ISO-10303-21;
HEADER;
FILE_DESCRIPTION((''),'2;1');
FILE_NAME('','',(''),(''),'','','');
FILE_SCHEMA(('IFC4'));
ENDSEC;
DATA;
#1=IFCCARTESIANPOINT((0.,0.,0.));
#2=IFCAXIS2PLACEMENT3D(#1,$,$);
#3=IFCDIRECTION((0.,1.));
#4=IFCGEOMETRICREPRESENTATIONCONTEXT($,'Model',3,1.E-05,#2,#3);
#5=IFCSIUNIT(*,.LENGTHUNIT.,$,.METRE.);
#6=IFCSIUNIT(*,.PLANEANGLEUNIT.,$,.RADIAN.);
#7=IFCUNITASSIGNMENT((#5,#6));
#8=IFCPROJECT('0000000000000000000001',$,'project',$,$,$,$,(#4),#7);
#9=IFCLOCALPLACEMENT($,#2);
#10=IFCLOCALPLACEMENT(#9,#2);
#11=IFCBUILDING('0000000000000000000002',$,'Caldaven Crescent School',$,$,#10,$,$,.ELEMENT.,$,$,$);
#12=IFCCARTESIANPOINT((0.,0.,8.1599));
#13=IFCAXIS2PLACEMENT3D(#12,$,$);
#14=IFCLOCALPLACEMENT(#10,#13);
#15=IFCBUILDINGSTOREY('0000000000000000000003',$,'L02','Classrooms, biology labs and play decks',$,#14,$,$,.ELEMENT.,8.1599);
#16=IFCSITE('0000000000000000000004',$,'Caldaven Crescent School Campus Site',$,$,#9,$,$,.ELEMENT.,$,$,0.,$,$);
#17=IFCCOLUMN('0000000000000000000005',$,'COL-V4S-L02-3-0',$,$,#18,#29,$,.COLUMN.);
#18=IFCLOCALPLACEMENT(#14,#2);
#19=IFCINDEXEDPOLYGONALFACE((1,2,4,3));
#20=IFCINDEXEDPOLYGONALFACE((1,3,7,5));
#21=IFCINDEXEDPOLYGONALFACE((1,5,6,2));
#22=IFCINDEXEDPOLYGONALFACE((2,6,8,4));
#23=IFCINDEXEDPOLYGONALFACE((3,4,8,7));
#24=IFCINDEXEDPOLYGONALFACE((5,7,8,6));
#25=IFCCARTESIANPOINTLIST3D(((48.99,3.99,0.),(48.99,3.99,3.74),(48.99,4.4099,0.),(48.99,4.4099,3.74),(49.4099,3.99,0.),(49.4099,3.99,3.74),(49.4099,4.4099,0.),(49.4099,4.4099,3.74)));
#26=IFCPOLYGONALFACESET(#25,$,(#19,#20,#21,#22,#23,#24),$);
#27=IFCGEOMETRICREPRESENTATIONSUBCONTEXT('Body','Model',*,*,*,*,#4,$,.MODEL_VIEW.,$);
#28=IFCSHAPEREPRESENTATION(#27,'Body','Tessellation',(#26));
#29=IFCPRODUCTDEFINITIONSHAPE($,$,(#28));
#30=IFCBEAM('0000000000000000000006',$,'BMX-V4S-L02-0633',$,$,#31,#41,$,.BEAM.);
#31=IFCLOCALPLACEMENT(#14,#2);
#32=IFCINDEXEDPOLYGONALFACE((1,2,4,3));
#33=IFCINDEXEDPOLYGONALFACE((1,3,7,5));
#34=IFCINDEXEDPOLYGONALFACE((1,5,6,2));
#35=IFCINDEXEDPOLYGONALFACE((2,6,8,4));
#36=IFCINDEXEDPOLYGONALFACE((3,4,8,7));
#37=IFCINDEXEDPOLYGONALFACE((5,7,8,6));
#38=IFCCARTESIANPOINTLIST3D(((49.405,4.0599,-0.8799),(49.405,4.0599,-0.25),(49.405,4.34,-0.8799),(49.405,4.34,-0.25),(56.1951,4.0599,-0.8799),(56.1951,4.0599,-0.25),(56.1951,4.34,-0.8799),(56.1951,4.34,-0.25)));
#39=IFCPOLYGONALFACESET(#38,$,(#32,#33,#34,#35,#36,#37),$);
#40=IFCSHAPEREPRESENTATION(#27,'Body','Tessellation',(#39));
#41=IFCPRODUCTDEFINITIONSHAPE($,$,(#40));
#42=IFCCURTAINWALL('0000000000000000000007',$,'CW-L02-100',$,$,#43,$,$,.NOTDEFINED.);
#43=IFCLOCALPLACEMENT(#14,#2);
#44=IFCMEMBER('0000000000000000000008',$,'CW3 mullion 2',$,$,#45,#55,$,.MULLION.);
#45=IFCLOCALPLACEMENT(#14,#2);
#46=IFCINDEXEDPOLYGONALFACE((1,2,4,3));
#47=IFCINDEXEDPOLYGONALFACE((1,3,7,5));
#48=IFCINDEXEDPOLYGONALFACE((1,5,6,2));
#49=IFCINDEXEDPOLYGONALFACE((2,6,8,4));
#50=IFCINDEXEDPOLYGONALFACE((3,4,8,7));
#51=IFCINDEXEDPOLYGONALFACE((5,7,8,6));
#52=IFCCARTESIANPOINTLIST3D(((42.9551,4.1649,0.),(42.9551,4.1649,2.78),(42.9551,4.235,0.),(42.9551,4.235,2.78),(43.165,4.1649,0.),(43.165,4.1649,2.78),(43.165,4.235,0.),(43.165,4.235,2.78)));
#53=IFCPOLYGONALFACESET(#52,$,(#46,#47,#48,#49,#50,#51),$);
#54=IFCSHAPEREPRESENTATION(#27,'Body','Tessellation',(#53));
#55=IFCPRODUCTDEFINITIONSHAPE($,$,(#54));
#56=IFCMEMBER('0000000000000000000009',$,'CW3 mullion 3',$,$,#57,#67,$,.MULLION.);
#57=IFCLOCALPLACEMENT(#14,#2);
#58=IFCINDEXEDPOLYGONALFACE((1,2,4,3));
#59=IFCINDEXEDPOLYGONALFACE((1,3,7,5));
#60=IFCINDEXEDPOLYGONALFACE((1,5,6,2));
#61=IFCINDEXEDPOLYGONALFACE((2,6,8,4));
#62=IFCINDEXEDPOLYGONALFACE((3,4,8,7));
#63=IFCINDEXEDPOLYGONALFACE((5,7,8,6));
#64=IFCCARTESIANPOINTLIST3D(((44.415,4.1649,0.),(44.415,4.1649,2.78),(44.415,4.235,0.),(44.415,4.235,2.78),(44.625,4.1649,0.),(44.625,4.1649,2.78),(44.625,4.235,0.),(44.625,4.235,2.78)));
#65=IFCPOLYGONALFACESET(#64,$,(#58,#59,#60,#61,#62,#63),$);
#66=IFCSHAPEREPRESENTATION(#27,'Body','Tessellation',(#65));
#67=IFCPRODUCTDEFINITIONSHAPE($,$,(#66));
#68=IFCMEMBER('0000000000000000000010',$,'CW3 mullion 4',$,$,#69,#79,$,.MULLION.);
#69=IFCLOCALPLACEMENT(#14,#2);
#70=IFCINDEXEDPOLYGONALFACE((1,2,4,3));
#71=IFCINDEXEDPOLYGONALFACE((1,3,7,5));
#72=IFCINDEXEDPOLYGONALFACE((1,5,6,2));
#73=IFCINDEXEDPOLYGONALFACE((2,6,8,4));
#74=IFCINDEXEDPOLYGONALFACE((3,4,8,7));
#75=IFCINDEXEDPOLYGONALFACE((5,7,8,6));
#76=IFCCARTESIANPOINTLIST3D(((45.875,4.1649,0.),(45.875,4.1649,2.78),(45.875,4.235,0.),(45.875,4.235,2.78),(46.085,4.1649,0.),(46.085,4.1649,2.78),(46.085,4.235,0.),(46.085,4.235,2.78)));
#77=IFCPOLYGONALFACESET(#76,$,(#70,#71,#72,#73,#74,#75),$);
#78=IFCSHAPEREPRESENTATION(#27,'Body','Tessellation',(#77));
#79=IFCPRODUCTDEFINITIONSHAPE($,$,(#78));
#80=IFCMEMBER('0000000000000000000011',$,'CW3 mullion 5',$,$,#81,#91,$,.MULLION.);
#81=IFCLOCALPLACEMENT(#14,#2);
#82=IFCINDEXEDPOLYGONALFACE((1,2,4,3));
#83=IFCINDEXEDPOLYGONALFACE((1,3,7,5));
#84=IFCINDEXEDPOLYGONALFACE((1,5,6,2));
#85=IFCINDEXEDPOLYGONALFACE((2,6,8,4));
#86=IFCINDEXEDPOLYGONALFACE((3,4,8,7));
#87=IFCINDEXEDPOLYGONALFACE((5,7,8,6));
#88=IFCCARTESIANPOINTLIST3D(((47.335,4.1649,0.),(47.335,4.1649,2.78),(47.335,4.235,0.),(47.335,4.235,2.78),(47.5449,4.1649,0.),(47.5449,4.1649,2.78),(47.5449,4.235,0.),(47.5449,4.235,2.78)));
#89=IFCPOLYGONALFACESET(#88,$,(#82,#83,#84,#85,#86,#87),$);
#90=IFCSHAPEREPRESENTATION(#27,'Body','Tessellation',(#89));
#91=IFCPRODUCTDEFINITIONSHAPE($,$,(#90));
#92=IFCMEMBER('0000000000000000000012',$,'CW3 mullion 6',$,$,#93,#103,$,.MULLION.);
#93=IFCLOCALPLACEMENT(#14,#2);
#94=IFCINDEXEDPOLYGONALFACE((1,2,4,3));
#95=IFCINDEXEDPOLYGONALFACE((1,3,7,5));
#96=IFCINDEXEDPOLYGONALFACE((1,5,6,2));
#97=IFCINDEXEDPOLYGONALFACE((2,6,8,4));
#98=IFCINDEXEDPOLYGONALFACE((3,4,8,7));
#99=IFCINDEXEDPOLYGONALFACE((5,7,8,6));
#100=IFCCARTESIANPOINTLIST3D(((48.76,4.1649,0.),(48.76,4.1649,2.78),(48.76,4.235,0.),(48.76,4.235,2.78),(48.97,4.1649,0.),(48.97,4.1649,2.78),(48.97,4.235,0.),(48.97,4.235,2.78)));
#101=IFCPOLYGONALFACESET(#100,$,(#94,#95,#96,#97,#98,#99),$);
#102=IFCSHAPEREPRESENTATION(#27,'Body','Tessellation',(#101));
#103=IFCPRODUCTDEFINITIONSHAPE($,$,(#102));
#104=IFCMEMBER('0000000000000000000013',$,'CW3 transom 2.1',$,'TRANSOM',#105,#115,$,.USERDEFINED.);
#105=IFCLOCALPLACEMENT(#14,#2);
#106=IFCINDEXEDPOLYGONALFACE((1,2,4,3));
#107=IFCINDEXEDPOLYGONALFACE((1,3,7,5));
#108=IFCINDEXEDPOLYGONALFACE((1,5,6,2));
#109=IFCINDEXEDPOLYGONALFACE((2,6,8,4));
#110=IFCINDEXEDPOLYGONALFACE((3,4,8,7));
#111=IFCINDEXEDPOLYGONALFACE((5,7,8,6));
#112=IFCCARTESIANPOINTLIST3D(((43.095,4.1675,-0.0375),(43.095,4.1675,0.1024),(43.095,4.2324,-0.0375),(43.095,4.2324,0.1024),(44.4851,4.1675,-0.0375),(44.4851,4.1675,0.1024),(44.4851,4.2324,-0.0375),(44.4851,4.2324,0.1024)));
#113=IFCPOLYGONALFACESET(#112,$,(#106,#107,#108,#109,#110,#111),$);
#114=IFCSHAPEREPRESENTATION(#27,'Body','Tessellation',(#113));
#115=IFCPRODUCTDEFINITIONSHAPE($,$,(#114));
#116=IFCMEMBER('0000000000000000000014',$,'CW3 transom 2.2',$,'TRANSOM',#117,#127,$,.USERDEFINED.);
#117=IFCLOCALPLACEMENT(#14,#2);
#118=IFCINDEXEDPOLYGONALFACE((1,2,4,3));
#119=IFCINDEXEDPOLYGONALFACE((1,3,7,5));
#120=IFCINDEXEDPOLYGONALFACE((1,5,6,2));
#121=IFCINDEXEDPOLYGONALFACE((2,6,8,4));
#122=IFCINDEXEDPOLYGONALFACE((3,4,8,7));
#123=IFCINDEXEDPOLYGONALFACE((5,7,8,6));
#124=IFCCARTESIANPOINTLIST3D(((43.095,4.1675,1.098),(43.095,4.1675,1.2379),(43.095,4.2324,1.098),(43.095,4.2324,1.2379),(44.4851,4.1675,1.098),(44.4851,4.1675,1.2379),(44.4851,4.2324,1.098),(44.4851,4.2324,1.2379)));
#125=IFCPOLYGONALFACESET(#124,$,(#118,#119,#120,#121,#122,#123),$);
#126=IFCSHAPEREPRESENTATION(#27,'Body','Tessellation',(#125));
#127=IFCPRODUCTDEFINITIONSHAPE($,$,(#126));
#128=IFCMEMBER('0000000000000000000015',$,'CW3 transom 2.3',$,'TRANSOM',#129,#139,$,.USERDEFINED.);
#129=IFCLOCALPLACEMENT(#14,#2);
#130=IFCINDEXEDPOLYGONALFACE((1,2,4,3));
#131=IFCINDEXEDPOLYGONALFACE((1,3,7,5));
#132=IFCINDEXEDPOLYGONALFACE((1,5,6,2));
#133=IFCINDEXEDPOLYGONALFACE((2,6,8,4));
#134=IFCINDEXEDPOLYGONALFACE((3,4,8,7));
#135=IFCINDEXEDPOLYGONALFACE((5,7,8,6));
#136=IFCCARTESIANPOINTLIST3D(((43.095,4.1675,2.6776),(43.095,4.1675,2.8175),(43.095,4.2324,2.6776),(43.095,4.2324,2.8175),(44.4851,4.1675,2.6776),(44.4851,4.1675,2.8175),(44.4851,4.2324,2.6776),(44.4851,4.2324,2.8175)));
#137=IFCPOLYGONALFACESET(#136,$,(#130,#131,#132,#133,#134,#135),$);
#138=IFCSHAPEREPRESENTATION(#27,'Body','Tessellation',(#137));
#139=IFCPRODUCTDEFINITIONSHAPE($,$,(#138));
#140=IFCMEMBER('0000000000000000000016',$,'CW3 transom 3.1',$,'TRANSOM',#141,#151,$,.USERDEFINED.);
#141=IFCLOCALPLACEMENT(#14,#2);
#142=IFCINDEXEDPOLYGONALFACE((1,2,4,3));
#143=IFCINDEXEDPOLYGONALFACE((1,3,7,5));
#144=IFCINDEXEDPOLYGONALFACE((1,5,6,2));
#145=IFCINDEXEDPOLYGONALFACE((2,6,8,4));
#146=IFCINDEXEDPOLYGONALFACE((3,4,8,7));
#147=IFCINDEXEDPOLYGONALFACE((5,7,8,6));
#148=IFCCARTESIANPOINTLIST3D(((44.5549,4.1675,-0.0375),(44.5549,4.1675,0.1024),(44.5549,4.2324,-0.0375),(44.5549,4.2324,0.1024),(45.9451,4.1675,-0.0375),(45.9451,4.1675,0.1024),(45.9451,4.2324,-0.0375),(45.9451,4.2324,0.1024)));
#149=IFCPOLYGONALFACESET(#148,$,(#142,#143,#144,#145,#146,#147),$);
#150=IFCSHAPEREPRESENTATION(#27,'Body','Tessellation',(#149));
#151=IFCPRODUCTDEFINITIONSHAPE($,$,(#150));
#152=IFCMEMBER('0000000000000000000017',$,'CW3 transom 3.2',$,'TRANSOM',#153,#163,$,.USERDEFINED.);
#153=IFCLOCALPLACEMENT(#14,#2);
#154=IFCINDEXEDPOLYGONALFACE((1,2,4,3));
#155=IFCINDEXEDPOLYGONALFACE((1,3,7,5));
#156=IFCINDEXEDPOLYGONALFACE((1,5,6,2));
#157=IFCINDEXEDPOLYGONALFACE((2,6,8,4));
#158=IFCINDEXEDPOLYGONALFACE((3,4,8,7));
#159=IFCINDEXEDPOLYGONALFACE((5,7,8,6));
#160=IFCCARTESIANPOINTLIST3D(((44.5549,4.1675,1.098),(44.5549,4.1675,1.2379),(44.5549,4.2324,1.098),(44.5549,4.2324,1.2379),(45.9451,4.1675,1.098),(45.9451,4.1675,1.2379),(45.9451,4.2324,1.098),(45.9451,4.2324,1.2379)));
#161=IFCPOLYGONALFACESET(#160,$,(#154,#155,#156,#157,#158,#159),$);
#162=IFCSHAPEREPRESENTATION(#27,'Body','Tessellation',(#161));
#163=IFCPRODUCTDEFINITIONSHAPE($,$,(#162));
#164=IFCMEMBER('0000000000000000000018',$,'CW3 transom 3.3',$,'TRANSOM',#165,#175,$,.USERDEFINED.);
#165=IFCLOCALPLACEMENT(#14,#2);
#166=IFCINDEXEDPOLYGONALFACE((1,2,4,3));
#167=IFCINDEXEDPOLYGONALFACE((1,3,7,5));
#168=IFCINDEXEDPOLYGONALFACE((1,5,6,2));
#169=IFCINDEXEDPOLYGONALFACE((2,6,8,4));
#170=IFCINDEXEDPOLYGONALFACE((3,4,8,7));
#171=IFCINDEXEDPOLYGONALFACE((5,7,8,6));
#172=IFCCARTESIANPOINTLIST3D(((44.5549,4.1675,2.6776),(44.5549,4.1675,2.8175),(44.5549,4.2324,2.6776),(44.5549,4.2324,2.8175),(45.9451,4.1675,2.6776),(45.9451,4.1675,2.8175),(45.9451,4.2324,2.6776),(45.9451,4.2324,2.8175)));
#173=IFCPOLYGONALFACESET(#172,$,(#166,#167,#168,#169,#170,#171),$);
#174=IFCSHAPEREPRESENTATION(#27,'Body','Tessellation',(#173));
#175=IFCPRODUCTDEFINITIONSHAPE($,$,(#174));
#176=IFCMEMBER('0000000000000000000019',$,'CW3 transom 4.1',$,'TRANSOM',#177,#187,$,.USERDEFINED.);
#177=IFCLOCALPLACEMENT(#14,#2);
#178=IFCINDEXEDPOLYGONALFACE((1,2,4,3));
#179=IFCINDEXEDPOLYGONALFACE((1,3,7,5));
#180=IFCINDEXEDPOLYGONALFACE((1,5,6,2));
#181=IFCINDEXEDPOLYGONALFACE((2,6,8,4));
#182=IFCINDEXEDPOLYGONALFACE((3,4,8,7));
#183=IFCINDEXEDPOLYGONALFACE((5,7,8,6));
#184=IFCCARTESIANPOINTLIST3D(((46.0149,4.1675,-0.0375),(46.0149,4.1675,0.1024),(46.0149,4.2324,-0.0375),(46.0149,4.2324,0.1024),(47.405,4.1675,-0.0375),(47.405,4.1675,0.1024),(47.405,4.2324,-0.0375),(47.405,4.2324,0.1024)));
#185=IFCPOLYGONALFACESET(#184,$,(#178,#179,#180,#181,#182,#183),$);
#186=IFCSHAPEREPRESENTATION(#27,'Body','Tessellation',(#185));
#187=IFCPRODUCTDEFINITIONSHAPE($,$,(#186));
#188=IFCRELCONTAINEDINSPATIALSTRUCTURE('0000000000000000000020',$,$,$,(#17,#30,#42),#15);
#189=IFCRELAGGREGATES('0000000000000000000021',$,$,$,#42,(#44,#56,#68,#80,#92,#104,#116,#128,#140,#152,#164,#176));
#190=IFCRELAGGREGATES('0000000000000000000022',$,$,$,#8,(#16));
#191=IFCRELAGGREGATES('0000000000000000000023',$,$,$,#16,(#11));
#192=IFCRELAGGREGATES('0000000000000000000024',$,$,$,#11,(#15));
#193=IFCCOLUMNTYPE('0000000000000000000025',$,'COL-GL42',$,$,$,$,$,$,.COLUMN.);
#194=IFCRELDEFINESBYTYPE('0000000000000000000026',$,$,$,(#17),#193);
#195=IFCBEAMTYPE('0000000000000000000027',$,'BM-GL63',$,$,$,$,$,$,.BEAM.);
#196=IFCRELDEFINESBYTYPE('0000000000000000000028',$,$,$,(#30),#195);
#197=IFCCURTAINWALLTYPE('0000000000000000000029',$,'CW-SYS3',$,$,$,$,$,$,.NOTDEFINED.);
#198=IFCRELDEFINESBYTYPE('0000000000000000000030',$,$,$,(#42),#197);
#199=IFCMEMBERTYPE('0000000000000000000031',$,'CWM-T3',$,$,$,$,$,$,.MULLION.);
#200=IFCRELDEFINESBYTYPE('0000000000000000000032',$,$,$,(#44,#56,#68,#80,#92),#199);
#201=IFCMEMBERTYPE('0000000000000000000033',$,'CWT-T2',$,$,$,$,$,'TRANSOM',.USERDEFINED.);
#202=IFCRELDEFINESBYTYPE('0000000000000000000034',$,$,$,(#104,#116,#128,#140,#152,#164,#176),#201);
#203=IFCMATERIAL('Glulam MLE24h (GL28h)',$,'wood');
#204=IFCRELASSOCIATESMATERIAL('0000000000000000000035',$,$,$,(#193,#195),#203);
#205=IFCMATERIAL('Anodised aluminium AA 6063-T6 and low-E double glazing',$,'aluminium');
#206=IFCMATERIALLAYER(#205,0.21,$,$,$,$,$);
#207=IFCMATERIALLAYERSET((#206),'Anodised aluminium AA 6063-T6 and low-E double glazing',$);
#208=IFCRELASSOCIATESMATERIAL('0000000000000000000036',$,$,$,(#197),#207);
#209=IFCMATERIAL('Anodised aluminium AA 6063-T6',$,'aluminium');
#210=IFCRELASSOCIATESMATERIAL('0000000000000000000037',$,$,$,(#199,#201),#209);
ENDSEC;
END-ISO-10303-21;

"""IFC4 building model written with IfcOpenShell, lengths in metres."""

from ifc_helpers import new_model, si_unit, direction, frame, origin, origin_2d, place, context, subcontext, project, spatial, rectangle, extrude, material, layer, layer_set, material_profile, profile_set, type_object, element, aggregate, save


model = new_model("IFC4")

# Units and contexts
model_context = context("Model", 3, precision=1e-05, world=origin(), true_north=direction((0.0, 1.0)))
body_context = subcontext(model_context, "Body", "Model", "MODEL_VIEW")
ifc_project = project(units=[si_unit("LENGTHUNIT", "METRE"), si_unit("PLANEANGLEUNIT", "RADIAN")], contexts=[model_context])

# Site, building, storey
site_placement = place(None, origin())
site = spatial("IfcSite", under=ifc_project, at=site_placement, Name="Caldaven Crescent School Campus Site", CompositionType="ELEMENT", RefElevation=0.0)
building_placement = place(site_placement, origin())
building = spatial("IfcBuilding", under=site, at=building_placement, Name="Caldaven Crescent School", CompositionType="ELEMENT")
storey_placement = place(building_placement, frame((0.0, 0.0, 8.1599)))
storey = spatial("IfcBuildingStorey", under=building, at=storey_placement, Name="L02", Description="Classrooms, biology labs and play decks", CompositionType="ELEMENT", Elevation=8.1599)

# Column
ifc_material_1 = material(Name="Glulam MLE24h (GL28h)", Category="wood")
ifc_material_profile_1 = material_profile(ifc_material_1, rectangle(XDim=0.4199, YDim=0.4199, at=origin_2d()), Name="MLE 420x420")
ifc_profile_set_1 = profile_set([ifc_material_profile_1], Name="Glulam MLE24h (GL28h)")
column_type = type_object("IfcColumnType", Name="COL-GL42", PredefinedType="COLUMN", material=ifc_profile_set_1)
column_placement = place(storey_placement, frame((49.2, 4.2, 0.0), z_axis=(0.0, 0.0, 1.0), x_axis=(1.0, 0.0, 0.0)))
element("IfcColumn", 1, at=column_placement, inside=storey, type_object=column_type, Name="COL-V4S-L02-3-0", PredefinedType="COLUMN", context=body_context, shape_type="SweptSolid", body=[
    extrude(rectangle(XDim=0.4199, YDim=0.4199, at=origin_2d()), origin(), (0.0, 0.0, 1.0), 3.74),
])

# Beam
ifc_material_profile_2 = material_profile(ifc_material_1, rectangle(XDim=0.28, YDim=0.6299, at=origin_2d()), Name="MLE 280x630")
ifc_profile_set_2 = profile_set([ifc_material_profile_2], Name="Glulam MLE24h (GL28h)")
beam_type_1 = type_object("IfcBeamType", Name="BM-GL63", PredefinedType="BEAM", material=ifc_profile_set_2)
beam_1_placement = place(storey_placement, frame((49.405, 4.2, -0.5649), z_axis=(1.0, 0.0, 0.0), x_axis=(0.0, 1.0, 0.0)))
element("IfcBeam", 2, at=beam_1_placement, inside=storey, type_object=beam_type_1, Name="BMX-V4S-L02-0633", PredefinedType="BEAM", context=body_context, shape_type="SweptSolid", body=[
    extrude(rectangle(XDim=0.28, YDim=0.6299, at=origin_2d()), origin(), (0.0, 0.0, 1.0), 6.79),
])

# Curtain wall, members
ifc_material_2 = material(Name="Anodised aluminium AA 6063-T6 and low-E double glazing", Category="aluminium")
ifc_layer_1 = layer(ifc_material_2, 0.21)
ifc_layer_set_1 = layer_set([ifc_layer_1], Name="Anodised aluminium AA 6063-T6 and low-E double glazing")
curtain_wall_type = type_object("IfcCurtainWallType", Name="CW-SYS3", PredefinedType="NOTDEFINED", material=ifc_layer_set_1)
curtain_wall_placement = place(storey_placement, origin())
curtain_wall = element("IfcCurtainWall", 3, at=curtain_wall_placement, inside=storey, type_object=curtain_wall_type, Name="CW-L02-100", PredefinedType="NOTDEFINED")
ifc_material_3 = material(Name="Anodised aluminium AA 6063-T6", Category="aluminium")
ifc_material_profile_3 = material_profile(ifc_material_3, rectangle(XDim=0.0701, YDim=0.21, at=origin_2d()), Name="CWM 70x210")
ifc_profile_set_3 = profile_set([ifc_material_profile_3], Name="Anodised aluminium AA 6063-T6")
member_type_1 = type_object("IfcMemberType", Name="CWM-T3", PredefinedType="MULLION", material=ifc_profile_set_3)
member_1_placement = place(storey_placement, frame((43.0601, 4.2, 0.0), z_axis=(0.0, 0.0, 1.0), x_axis=(0.0, 1.0, 0.0)))
member_1 = element("IfcMember", 4, at=member_1_placement, type_object=member_type_1, Name="CW3 mullion 2", PredefinedType="MULLION", context=body_context, shape_type="SweptSolid", body=[
    extrude(rectangle(XDim=0.0701, YDim=0.21, at=origin_2d()), origin(), (0.0, 0.0, 1.0), 2.78),
])
member_2_placement = place(storey_placement, frame((44.52, 4.2, 0.0), z_axis=(0.0, 0.0, 1.0), x_axis=(0.0, 1.0, 0.0)))
member_2 = element("IfcMember", 5, at=member_2_placement, type_object=member_type_1, Name="CW3 mullion 3", PredefinedType="MULLION", context=body_context, shape_type="SweptSolid", body=[
    extrude(rectangle(XDim=0.0701, YDim=0.21, at=origin_2d()), origin(), (0.0, 0.0, 1.0), 2.78),
])
member_3_placement = place(storey_placement, frame((45.98, 4.2, 0.0), z_axis=(0.0, 0.0, 1.0), x_axis=(0.0, 1.0, 0.0)))
member_3 = element("IfcMember", 6, at=member_3_placement, type_object=member_type_1, Name="CW3 mullion 4", PredefinedType="MULLION", context=body_context, shape_type="SweptSolid", body=[
    extrude(rectangle(XDim=0.0701, YDim=0.21, at=origin_2d()), origin(), (0.0, 0.0, 1.0), 2.78),
])
member_4_placement = place(storey_placement, frame((47.4399, 4.2, 0.0), z_axis=(0.0, 0.0, 1.0), x_axis=(0.0, 1.0, 0.0)))
member_4 = element("IfcMember", 7, at=member_4_placement, type_object=member_type_1, Name="CW3 mullion 5", PredefinedType="MULLION", context=body_context, shape_type="SweptSolid", body=[
    extrude(rectangle(XDim=0.0701, YDim=0.21, at=origin_2d()), origin(), (0.0, 0.0, 1.0), 2.78),
])
member_5_placement = place(storey_placement, frame((48.865, 4.2, 0.0), z_axis=(0.0, 0.0, 1.0), x_axis=(0.0, 1.0, 0.0)))
member_5 = element("IfcMember", 8, at=member_5_placement, type_object=member_type_1, Name="CW3 mullion 6", PredefinedType="MULLION", context=body_context, shape_type="SweptSolid", body=[
    extrude(rectangle(XDim=0.0701, YDim=0.21, at=origin_2d()), origin(), (0.0, 0.0, 1.0), 2.78),
])
ifc_material_profile_4 = material_profile(ifc_material_3, rectangle(XDim=0.0649, YDim=0.1399, at=origin_2d()), Name="CWT 65x140")
ifc_profile_set_4 = profile_set([ifc_material_profile_4], Name="Anodised aluminium AA 6063-T6")
member_type_2 = type_object("IfcMemberType", Name="CWT-T2", ElementType="TRANSOM", PredefinedType="USERDEFINED", material=ifc_profile_set_4)
member_6_placement = place(storey_placement, frame((43.095, 4.2, 0.0325), z_axis=(1.0, 0.0, 0.0), x_axis=(0.0, 1.0, 0.0)))
member_6 = element("IfcMember", 9, at=member_6_placement, type_object=member_type_2, Name="CW3 transom 2.1", ObjectType="TRANSOM", PredefinedType="USERDEFINED", context=body_context, shape_type="SweptSolid", body=[
    extrude(rectangle(XDim=0.0649, YDim=0.1399, at=origin_2d()), origin(), (0.0, 0.0, 1.0), 1.3901),
])
member_7_placement = place(storey_placement, frame((43.095, 4.2, 1.168), z_axis=(1.0, 0.0, 0.0), x_axis=(0.0, 1.0, 0.0)))
member_7 = element("IfcMember", 10, at=member_7_placement, type_object=member_type_2, Name="CW3 transom 2.2", ObjectType="TRANSOM", PredefinedType="USERDEFINED", context=body_context, shape_type="SweptSolid", body=[
    extrude(rectangle(XDim=0.0649, YDim=0.1399, at=origin_2d()), origin(), (0.0, 0.0, 1.0), 1.3901),
])
member_8_placement = place(storey_placement, frame((43.095, 4.2, 2.7476), z_axis=(1.0, 0.0, 0.0), x_axis=(0.0, 1.0, 0.0)))
member_8 = element("IfcMember", 11, at=member_8_placement, type_object=member_type_2, Name="CW3 transom 2.3", ObjectType="TRANSOM", PredefinedType="USERDEFINED", context=body_context, shape_type="SweptSolid", body=[
    extrude(rectangle(XDim=0.0649, YDim=0.1399, at=origin_2d()), origin(), (0.0, 0.0, 1.0), 1.3901),
])
member_9_placement = place(storey_placement, frame((44.5549, 4.2, 0.0325), z_axis=(1.0, 0.0, 0.0), x_axis=(0.0, 1.0, 0.0)))
member_9 = element("IfcMember", 12, at=member_9_placement, type_object=member_type_2, Name="CW3 transom 3.1", ObjectType="TRANSOM", PredefinedType="USERDEFINED", context=body_context, shape_type="SweptSolid", body=[
    extrude(rectangle(XDim=0.0649, YDim=0.1399, at=origin_2d()), origin(), (0.0, 0.0, 1.0), 1.3901),
])
member_10_placement = place(storey_placement, frame((44.5549, 4.2, 1.168), z_axis=(1.0, 0.0, 0.0), x_axis=(0.0, 1.0, 0.0)))
member_10 = element("IfcMember", 13, at=member_10_placement, type_object=member_type_2, Name="CW3 transom 3.2", ObjectType="TRANSOM", PredefinedType="USERDEFINED", context=body_context, shape_type="SweptSolid", body=[
    extrude(rectangle(XDim=0.0649, YDim=0.1399, at=origin_2d()), origin(), (0.0, 0.0, 1.0), 1.3901),
])
member_11_placement = place(storey_placement, frame((44.5549, 4.2, 2.7476), z_axis=(1.0, 0.0, 0.0), x_axis=(0.0, 1.0, 0.0)))
member_11 = element("IfcMember", 14, at=member_11_placement, type_object=member_type_2, Name="CW3 transom 3.3", ObjectType="TRANSOM", PredefinedType="USERDEFINED", context=body_context, shape_type="SweptSolid", body=[
    extrude(rectangle(XDim=0.0649, YDim=0.1399, at=origin_2d()), origin(), (0.0, 0.0, 1.0), 1.3901),
])
member_12_placement = place(storey_placement, frame((46.0149, 4.2, 0.0325), z_axis=(1.0, 0.0, 0.0), x_axis=(0.0, 1.0, 0.0)))
member_12 = element("IfcMember", 15, at=member_12_placement, type_object=member_type_2, Name="CW3 transom 4.1", ObjectType="TRANSOM", PredefinedType="USERDEFINED", context=body_context, shape_type="SweptSolid", body=[
    extrude(rectangle(XDim=0.0649, YDim=0.1399, at=origin_2d()), origin(), (0.0, 0.0, 1.0), 1.3901),
])

aggregate(curtain_wall, [member_1, member_2, member_3, member_4, member_5, member_6, member_7, member_8, member_9, member_10, member_11, member_12])

save(model, "model.ifc")
